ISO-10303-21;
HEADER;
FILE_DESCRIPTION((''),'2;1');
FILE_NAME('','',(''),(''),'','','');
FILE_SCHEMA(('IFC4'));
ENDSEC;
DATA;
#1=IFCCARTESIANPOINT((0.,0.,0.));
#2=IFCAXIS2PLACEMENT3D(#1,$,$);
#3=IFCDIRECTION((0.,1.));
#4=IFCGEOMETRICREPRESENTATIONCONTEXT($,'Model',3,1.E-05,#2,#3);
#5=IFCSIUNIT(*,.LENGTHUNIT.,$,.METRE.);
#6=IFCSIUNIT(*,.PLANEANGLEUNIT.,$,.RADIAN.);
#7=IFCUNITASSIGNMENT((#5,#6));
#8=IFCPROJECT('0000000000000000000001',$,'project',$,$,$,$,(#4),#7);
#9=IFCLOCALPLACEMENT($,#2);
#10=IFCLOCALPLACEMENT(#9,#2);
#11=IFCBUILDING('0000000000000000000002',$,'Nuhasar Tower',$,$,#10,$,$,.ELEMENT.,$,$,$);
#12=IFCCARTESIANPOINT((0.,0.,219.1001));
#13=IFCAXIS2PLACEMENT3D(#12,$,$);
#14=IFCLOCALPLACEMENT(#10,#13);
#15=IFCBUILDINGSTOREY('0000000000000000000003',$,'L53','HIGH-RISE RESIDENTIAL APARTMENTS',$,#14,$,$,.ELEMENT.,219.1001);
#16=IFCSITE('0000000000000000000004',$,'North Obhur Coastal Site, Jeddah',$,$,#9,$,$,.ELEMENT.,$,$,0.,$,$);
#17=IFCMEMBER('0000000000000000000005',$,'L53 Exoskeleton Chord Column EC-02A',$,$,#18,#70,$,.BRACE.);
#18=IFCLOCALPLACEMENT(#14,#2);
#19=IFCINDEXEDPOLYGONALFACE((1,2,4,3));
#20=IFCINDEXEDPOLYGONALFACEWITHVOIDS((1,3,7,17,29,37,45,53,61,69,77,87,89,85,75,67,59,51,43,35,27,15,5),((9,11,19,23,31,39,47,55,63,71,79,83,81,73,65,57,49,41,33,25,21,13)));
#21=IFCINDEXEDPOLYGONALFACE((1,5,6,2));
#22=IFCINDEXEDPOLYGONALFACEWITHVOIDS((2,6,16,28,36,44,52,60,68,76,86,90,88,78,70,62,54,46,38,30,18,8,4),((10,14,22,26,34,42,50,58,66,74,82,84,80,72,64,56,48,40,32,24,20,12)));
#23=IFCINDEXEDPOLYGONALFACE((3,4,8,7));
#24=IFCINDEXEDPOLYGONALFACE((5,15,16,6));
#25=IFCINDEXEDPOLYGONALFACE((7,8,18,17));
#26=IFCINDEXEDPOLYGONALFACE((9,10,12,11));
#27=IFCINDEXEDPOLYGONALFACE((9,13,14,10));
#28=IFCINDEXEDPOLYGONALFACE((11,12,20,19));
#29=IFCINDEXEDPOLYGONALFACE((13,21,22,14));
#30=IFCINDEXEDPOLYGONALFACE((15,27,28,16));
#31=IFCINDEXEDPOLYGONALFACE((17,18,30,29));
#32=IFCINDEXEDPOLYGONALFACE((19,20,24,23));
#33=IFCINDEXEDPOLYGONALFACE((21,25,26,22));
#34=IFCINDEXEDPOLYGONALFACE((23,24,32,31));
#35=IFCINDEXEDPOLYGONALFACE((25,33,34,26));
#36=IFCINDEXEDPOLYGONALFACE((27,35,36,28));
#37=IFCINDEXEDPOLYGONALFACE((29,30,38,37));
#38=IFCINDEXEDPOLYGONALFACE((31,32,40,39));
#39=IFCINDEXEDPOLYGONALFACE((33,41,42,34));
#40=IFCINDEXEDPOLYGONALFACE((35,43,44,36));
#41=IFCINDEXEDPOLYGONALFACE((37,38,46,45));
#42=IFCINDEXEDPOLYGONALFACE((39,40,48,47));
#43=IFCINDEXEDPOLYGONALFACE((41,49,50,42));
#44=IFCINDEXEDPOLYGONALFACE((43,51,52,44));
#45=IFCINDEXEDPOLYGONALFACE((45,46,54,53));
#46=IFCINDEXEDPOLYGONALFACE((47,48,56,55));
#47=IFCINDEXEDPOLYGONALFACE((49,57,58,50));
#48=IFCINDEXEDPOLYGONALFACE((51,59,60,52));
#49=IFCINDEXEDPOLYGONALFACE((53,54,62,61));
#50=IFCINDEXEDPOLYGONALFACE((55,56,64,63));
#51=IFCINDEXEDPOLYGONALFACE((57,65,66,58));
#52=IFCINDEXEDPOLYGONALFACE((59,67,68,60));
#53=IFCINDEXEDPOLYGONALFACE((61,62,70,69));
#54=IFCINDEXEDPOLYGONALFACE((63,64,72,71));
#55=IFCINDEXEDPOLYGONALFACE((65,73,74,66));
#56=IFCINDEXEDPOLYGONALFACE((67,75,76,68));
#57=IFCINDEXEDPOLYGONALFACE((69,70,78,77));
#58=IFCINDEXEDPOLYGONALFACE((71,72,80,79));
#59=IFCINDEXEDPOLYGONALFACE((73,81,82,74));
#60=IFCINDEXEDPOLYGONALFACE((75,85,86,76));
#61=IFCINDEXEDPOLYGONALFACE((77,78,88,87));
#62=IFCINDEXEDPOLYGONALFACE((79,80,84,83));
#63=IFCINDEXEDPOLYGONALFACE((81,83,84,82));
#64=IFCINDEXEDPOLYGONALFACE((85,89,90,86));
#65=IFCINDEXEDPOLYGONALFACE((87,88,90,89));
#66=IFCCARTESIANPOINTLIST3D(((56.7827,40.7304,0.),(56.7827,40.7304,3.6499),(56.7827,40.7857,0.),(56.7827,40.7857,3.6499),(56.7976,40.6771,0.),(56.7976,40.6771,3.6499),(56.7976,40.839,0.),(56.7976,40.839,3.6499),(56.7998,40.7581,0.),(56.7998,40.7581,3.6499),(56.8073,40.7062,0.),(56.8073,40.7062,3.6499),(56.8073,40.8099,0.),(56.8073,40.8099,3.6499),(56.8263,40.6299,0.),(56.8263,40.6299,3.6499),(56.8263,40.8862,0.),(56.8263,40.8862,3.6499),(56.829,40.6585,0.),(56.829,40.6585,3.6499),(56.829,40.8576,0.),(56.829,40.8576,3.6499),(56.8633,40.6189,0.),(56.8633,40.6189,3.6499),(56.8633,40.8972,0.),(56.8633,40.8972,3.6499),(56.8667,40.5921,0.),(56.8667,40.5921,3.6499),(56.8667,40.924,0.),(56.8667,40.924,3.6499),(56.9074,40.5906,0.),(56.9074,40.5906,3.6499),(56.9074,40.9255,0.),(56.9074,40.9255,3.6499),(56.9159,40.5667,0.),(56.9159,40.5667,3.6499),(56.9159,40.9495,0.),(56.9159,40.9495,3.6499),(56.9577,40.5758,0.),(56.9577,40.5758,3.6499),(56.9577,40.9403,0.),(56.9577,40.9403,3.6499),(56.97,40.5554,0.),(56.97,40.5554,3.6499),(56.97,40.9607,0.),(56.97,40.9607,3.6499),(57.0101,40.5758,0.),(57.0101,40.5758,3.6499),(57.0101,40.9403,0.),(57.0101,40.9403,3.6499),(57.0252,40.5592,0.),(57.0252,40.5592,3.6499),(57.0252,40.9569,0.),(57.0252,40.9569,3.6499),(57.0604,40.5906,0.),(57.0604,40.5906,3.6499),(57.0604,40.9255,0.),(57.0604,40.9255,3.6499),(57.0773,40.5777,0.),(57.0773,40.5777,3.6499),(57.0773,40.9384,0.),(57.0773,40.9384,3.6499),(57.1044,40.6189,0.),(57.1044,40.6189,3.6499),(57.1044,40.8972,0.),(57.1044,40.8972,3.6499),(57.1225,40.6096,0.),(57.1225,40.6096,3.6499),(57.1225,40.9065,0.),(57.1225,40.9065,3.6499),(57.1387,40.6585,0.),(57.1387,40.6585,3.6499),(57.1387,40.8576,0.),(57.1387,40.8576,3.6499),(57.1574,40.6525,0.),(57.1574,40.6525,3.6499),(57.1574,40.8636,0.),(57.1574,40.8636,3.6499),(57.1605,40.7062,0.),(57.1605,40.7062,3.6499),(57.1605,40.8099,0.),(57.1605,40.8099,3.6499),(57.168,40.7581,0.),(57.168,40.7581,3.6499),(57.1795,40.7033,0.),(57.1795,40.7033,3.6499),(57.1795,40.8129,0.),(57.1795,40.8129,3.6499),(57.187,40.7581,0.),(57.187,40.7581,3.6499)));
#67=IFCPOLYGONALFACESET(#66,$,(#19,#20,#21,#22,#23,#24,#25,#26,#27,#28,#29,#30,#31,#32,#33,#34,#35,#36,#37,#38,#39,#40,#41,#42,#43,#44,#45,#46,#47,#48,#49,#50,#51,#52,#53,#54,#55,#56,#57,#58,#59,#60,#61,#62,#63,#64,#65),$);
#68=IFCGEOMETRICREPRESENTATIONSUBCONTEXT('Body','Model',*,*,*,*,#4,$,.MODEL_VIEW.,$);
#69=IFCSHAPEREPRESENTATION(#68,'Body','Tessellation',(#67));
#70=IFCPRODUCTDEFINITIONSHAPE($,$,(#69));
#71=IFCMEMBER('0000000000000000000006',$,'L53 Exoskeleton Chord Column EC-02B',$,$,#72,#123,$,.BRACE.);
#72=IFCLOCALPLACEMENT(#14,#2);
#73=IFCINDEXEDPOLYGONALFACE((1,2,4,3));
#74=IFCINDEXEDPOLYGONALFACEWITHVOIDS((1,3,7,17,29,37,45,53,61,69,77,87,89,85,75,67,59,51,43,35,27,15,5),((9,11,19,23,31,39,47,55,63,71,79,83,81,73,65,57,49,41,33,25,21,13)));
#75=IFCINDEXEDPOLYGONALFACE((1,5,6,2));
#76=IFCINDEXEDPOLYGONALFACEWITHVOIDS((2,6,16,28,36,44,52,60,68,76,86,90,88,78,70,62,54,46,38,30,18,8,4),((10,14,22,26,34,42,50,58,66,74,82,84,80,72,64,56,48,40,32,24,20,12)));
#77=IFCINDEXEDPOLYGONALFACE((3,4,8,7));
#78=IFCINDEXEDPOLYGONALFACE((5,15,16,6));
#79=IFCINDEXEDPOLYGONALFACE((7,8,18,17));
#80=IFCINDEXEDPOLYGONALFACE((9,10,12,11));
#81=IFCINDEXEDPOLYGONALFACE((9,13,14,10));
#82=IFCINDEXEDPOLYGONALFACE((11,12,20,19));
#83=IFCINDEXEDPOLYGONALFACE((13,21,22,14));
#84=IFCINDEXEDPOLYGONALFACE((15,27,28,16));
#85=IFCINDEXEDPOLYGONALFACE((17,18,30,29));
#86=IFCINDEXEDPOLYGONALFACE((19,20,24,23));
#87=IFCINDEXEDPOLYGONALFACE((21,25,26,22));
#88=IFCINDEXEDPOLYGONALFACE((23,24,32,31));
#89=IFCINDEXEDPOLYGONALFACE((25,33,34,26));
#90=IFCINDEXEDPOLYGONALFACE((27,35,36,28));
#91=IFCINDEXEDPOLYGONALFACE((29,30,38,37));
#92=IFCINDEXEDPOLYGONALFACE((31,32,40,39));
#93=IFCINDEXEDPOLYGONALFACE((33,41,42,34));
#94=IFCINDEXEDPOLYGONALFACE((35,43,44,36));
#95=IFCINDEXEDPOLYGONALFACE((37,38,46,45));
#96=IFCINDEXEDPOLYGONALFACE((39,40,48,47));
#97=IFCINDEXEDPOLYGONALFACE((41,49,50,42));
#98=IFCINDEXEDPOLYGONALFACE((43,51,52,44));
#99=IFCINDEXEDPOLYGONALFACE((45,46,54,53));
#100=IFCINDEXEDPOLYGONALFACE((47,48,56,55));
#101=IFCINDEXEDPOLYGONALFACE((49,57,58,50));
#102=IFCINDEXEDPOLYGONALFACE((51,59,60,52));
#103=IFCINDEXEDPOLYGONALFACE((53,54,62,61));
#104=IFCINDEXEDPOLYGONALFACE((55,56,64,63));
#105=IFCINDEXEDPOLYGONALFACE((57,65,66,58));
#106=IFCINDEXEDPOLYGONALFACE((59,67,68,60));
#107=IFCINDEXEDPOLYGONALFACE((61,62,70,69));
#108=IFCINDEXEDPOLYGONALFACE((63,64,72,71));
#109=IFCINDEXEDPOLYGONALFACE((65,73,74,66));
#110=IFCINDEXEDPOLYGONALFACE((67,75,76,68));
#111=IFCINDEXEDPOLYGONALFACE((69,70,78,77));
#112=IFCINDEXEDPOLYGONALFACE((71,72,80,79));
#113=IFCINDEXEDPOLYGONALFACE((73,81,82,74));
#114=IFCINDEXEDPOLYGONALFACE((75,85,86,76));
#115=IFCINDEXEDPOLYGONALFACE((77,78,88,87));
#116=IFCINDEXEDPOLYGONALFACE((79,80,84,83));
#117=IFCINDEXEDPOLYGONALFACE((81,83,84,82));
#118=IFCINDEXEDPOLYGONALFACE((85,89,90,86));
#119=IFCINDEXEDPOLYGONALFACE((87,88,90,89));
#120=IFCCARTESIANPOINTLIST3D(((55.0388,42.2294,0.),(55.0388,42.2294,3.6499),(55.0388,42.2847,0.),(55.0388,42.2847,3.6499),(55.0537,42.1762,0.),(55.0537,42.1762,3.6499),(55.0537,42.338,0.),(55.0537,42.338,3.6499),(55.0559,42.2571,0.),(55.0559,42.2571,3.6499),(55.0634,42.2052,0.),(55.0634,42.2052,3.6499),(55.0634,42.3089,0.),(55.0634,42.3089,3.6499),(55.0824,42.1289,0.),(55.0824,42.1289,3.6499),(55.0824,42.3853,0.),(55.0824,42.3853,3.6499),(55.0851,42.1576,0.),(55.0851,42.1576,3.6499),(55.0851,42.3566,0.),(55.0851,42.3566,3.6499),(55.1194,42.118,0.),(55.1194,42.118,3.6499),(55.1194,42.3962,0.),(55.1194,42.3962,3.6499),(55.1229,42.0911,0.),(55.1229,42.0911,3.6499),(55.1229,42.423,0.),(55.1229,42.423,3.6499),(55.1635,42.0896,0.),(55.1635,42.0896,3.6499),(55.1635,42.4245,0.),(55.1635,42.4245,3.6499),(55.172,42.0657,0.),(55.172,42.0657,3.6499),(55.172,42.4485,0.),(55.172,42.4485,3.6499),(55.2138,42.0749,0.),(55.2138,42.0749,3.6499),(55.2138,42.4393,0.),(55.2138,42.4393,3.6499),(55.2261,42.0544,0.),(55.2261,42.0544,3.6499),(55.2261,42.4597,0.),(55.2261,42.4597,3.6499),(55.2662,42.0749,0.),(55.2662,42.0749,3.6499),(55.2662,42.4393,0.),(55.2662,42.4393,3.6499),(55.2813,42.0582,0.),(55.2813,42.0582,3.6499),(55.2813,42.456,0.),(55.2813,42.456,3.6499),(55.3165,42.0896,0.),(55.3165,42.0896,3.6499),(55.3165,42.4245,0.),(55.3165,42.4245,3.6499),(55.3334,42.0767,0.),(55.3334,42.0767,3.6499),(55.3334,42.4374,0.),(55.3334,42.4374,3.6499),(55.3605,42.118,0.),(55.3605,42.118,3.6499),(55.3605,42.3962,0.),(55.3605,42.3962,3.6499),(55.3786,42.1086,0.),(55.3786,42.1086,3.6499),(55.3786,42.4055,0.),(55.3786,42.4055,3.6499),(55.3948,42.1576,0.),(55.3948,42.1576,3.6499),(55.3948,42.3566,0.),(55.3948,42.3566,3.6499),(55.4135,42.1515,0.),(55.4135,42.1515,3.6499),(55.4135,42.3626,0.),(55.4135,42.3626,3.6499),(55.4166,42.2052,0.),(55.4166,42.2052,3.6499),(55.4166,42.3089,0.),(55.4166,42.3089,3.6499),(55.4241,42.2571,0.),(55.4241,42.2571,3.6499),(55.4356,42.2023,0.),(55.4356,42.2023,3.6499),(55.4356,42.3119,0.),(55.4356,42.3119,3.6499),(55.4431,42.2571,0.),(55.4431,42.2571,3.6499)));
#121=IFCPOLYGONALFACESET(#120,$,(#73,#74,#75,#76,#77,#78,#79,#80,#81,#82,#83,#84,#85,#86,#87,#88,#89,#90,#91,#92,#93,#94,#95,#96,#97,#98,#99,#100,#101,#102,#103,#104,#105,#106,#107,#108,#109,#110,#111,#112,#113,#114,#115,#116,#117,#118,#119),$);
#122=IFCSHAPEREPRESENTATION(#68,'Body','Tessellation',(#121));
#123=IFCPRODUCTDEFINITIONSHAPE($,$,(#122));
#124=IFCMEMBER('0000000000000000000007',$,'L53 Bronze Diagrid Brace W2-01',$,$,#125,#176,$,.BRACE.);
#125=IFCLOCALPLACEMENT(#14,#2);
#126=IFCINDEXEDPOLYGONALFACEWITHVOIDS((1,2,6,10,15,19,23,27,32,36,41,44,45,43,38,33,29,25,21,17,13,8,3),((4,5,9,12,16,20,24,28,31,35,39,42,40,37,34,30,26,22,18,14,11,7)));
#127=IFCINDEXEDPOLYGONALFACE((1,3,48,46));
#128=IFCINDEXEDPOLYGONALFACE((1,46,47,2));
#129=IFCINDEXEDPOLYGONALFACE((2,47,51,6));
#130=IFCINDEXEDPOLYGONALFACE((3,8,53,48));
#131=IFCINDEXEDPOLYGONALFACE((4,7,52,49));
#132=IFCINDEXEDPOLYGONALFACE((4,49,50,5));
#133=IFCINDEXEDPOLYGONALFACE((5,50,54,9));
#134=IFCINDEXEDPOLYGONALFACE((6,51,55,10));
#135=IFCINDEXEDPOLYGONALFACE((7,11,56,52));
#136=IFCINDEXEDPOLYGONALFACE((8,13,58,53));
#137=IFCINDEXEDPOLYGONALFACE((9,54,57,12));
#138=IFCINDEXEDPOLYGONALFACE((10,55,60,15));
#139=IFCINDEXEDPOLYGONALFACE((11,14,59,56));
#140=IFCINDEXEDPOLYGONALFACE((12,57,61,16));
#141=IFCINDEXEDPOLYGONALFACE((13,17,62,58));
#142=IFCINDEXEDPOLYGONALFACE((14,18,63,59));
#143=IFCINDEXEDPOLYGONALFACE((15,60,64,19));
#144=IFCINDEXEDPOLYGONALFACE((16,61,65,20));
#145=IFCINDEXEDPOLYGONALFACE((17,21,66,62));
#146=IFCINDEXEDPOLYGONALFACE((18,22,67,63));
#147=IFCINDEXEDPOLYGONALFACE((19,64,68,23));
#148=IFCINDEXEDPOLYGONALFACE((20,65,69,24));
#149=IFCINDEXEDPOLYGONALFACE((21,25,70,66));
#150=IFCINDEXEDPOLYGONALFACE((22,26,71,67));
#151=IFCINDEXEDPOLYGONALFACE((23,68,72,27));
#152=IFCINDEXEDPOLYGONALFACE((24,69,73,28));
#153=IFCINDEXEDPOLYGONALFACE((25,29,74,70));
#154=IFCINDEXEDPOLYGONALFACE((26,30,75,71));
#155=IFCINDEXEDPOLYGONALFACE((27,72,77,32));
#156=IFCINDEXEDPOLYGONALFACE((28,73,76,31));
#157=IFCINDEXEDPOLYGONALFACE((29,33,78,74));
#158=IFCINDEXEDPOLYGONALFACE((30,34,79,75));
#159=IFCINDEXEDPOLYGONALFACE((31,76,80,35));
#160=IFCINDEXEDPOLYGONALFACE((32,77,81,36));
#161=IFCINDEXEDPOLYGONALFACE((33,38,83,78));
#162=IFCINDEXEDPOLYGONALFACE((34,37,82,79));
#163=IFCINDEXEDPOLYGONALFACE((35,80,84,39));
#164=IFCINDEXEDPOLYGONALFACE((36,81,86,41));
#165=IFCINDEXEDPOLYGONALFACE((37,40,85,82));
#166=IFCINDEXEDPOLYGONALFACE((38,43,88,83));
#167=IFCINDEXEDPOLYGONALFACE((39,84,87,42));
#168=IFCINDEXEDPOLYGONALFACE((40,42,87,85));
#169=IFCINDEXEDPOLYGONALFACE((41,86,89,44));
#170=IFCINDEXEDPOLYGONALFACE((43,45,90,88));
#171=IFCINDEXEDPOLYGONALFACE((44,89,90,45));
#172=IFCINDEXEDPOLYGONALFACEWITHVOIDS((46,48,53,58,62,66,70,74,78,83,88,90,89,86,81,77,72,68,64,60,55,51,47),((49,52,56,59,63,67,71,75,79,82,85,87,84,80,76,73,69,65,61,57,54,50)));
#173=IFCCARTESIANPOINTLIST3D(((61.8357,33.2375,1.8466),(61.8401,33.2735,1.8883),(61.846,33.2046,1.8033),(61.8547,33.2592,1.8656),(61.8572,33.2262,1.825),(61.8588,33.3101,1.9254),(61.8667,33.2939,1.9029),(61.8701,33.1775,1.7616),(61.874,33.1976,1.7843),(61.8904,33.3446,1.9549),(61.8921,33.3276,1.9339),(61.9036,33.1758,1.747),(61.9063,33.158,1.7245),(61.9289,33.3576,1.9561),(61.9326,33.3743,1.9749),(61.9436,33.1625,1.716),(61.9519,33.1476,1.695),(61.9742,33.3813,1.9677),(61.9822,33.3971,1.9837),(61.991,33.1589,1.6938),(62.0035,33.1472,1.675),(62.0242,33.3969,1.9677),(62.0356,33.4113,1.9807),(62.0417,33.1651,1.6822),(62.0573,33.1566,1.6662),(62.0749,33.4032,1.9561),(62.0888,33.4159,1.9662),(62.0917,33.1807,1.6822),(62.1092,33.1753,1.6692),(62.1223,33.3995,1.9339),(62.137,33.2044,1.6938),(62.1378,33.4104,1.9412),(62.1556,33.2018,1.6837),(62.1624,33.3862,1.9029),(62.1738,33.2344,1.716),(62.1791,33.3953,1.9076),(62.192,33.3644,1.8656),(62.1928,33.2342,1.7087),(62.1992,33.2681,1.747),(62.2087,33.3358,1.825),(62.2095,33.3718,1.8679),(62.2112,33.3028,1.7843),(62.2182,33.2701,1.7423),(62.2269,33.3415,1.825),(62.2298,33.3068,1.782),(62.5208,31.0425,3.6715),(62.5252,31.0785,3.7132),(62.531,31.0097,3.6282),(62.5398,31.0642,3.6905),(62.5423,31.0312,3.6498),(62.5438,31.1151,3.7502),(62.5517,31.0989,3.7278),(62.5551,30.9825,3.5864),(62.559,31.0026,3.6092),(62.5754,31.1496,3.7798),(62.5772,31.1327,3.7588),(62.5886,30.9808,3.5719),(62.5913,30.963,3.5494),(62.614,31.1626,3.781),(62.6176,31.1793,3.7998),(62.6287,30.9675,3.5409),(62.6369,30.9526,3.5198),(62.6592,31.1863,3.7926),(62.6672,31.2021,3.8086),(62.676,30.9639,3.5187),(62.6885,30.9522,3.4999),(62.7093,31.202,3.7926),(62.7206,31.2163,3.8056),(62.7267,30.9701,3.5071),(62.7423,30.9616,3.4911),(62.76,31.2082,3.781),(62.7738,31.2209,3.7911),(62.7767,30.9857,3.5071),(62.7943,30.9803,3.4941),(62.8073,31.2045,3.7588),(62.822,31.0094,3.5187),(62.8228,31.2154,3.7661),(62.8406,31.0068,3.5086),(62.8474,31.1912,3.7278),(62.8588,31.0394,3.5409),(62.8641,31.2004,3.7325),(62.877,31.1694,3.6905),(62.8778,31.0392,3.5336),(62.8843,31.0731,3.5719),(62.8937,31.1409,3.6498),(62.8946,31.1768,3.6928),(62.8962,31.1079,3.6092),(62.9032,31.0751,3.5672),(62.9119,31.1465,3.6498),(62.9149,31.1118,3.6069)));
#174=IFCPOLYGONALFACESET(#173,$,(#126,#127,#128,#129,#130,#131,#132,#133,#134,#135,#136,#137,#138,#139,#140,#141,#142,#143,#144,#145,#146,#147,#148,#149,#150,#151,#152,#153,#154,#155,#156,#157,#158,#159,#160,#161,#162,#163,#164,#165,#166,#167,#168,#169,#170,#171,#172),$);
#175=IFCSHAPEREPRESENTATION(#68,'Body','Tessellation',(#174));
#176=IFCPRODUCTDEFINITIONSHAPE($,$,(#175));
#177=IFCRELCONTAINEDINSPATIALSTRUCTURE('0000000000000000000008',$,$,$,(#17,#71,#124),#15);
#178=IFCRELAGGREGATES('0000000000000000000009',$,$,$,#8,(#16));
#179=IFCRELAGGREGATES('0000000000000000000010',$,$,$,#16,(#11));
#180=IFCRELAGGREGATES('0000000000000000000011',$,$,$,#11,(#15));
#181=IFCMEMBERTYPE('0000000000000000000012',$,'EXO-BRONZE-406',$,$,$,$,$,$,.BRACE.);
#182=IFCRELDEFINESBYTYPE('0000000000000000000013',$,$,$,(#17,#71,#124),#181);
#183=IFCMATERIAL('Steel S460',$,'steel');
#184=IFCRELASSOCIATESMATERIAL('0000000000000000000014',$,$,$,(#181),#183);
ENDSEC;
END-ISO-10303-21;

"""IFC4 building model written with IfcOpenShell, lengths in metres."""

from ifc_helpers import new_model, si_unit, direction, frame, origin, origin_2d, place, context, subcontext, project, spatial, hollow_circle, extrude, material, material_profile, profile_set, type_object, element, save


model = new_model("IFC4")

# Units and contexts
model_context = context("Model", 3, precision=1e-05, world=origin(), true_north=direction((0.0, 1.0)))
body_context = subcontext(model_context, "Body", "Model", "MODEL_VIEW")
ifc_project = project(units=[si_unit("LENGTHUNIT", "METRE"), si_unit("PLANEANGLEUNIT", "RADIAN")], contexts=[model_context])

# Site, building, storey
site_placement = place(None, origin())
site = spatial("IfcSite", under=ifc_project, at=site_placement, Name="North Obhur Coastal Site, Jeddah", CompositionType="ELEMENT", RefElevation=0.0)
building_placement = place(site_placement, origin())
building = spatial("IfcBuilding", under=site, at=building_placement, Name="Nuhasar Tower", CompositionType="ELEMENT")
storey_placement = place(building_placement, frame((0.0, 0.0, 219.1001)))
storey = spatial("IfcBuildingStorey", under=building, at=storey_placement, Name="L53", Description="HIGH-RISE RESIDENTIAL APARTMENTS", CompositionType="ELEMENT", Elevation=219.1001)

# Members
ifc_material_1 = material(Name="Steel S460", Category="steel")
ifc_material_profile_1 = material_profile(ifc_material_1, hollow_circle(Radius=0.2031, WallThickness=0.019, at=origin_2d()), Name="HSS406.4X19.1")
ifc_profile_set_1 = profile_set([ifc_material_profile_1], Name="Steel S460")
member_type_1 = type_object("IfcMemberType", Name="EXO-BRONZE-406", PredefinedType="BRACE", material=ifc_profile_set_1)
for number, where, z_axis, x_axis, name in (
    (1, (56.9839, 40.7581, 0.0), (0.0, 0.0, 1.0), (1.0, 0.0, 0.0), "L53 Exoskeleton Chord Column EC-02A"),
    (2, (55.24, 42.2571, 0.0), (0.0, 0.0, 1.0), (1.0, 0.0, 0.0), "L53 Exoskeleton Chord Column EC-02B"),
):
    element("IfcMember", number, at=place(storey_placement, frame(where, z_axis=z_axis, x_axis=x_axis)), inside=storey, type_object=member_type_1, Name=name, PredefinedType="BRACE", context=body_context, shape_type="SweptSolid", body=[
        extrude(hollow_circle(Radius=0.2031, WallThickness=0.019, at=origin_2d()), origin(), (0.0, 0.0, 1.0), 3.6499),
    ])
member_1_placement = place(storey_placement, frame((62.033, 33.281, 1.825), z_axis=(0.233358, -0.747727, 0.62165), x_axis=(0.954591, 0.297918, 0.0)))
element("IfcMember", 3, at=member_1_placement, inside=storey, type_object=member_type_1, Name="L53 Bronze Diagrid Brace W2-01", PredefinedType="BRACE", context=body_context, shape_type="SweptSolid", body=[
    extrude(hollow_circle(Radius=0.2031, WallThickness=0.019, at=origin_2d()), origin(), (0.0, 0.0, 1.0), 2.9355),
])

save(model, "model.ifc")
